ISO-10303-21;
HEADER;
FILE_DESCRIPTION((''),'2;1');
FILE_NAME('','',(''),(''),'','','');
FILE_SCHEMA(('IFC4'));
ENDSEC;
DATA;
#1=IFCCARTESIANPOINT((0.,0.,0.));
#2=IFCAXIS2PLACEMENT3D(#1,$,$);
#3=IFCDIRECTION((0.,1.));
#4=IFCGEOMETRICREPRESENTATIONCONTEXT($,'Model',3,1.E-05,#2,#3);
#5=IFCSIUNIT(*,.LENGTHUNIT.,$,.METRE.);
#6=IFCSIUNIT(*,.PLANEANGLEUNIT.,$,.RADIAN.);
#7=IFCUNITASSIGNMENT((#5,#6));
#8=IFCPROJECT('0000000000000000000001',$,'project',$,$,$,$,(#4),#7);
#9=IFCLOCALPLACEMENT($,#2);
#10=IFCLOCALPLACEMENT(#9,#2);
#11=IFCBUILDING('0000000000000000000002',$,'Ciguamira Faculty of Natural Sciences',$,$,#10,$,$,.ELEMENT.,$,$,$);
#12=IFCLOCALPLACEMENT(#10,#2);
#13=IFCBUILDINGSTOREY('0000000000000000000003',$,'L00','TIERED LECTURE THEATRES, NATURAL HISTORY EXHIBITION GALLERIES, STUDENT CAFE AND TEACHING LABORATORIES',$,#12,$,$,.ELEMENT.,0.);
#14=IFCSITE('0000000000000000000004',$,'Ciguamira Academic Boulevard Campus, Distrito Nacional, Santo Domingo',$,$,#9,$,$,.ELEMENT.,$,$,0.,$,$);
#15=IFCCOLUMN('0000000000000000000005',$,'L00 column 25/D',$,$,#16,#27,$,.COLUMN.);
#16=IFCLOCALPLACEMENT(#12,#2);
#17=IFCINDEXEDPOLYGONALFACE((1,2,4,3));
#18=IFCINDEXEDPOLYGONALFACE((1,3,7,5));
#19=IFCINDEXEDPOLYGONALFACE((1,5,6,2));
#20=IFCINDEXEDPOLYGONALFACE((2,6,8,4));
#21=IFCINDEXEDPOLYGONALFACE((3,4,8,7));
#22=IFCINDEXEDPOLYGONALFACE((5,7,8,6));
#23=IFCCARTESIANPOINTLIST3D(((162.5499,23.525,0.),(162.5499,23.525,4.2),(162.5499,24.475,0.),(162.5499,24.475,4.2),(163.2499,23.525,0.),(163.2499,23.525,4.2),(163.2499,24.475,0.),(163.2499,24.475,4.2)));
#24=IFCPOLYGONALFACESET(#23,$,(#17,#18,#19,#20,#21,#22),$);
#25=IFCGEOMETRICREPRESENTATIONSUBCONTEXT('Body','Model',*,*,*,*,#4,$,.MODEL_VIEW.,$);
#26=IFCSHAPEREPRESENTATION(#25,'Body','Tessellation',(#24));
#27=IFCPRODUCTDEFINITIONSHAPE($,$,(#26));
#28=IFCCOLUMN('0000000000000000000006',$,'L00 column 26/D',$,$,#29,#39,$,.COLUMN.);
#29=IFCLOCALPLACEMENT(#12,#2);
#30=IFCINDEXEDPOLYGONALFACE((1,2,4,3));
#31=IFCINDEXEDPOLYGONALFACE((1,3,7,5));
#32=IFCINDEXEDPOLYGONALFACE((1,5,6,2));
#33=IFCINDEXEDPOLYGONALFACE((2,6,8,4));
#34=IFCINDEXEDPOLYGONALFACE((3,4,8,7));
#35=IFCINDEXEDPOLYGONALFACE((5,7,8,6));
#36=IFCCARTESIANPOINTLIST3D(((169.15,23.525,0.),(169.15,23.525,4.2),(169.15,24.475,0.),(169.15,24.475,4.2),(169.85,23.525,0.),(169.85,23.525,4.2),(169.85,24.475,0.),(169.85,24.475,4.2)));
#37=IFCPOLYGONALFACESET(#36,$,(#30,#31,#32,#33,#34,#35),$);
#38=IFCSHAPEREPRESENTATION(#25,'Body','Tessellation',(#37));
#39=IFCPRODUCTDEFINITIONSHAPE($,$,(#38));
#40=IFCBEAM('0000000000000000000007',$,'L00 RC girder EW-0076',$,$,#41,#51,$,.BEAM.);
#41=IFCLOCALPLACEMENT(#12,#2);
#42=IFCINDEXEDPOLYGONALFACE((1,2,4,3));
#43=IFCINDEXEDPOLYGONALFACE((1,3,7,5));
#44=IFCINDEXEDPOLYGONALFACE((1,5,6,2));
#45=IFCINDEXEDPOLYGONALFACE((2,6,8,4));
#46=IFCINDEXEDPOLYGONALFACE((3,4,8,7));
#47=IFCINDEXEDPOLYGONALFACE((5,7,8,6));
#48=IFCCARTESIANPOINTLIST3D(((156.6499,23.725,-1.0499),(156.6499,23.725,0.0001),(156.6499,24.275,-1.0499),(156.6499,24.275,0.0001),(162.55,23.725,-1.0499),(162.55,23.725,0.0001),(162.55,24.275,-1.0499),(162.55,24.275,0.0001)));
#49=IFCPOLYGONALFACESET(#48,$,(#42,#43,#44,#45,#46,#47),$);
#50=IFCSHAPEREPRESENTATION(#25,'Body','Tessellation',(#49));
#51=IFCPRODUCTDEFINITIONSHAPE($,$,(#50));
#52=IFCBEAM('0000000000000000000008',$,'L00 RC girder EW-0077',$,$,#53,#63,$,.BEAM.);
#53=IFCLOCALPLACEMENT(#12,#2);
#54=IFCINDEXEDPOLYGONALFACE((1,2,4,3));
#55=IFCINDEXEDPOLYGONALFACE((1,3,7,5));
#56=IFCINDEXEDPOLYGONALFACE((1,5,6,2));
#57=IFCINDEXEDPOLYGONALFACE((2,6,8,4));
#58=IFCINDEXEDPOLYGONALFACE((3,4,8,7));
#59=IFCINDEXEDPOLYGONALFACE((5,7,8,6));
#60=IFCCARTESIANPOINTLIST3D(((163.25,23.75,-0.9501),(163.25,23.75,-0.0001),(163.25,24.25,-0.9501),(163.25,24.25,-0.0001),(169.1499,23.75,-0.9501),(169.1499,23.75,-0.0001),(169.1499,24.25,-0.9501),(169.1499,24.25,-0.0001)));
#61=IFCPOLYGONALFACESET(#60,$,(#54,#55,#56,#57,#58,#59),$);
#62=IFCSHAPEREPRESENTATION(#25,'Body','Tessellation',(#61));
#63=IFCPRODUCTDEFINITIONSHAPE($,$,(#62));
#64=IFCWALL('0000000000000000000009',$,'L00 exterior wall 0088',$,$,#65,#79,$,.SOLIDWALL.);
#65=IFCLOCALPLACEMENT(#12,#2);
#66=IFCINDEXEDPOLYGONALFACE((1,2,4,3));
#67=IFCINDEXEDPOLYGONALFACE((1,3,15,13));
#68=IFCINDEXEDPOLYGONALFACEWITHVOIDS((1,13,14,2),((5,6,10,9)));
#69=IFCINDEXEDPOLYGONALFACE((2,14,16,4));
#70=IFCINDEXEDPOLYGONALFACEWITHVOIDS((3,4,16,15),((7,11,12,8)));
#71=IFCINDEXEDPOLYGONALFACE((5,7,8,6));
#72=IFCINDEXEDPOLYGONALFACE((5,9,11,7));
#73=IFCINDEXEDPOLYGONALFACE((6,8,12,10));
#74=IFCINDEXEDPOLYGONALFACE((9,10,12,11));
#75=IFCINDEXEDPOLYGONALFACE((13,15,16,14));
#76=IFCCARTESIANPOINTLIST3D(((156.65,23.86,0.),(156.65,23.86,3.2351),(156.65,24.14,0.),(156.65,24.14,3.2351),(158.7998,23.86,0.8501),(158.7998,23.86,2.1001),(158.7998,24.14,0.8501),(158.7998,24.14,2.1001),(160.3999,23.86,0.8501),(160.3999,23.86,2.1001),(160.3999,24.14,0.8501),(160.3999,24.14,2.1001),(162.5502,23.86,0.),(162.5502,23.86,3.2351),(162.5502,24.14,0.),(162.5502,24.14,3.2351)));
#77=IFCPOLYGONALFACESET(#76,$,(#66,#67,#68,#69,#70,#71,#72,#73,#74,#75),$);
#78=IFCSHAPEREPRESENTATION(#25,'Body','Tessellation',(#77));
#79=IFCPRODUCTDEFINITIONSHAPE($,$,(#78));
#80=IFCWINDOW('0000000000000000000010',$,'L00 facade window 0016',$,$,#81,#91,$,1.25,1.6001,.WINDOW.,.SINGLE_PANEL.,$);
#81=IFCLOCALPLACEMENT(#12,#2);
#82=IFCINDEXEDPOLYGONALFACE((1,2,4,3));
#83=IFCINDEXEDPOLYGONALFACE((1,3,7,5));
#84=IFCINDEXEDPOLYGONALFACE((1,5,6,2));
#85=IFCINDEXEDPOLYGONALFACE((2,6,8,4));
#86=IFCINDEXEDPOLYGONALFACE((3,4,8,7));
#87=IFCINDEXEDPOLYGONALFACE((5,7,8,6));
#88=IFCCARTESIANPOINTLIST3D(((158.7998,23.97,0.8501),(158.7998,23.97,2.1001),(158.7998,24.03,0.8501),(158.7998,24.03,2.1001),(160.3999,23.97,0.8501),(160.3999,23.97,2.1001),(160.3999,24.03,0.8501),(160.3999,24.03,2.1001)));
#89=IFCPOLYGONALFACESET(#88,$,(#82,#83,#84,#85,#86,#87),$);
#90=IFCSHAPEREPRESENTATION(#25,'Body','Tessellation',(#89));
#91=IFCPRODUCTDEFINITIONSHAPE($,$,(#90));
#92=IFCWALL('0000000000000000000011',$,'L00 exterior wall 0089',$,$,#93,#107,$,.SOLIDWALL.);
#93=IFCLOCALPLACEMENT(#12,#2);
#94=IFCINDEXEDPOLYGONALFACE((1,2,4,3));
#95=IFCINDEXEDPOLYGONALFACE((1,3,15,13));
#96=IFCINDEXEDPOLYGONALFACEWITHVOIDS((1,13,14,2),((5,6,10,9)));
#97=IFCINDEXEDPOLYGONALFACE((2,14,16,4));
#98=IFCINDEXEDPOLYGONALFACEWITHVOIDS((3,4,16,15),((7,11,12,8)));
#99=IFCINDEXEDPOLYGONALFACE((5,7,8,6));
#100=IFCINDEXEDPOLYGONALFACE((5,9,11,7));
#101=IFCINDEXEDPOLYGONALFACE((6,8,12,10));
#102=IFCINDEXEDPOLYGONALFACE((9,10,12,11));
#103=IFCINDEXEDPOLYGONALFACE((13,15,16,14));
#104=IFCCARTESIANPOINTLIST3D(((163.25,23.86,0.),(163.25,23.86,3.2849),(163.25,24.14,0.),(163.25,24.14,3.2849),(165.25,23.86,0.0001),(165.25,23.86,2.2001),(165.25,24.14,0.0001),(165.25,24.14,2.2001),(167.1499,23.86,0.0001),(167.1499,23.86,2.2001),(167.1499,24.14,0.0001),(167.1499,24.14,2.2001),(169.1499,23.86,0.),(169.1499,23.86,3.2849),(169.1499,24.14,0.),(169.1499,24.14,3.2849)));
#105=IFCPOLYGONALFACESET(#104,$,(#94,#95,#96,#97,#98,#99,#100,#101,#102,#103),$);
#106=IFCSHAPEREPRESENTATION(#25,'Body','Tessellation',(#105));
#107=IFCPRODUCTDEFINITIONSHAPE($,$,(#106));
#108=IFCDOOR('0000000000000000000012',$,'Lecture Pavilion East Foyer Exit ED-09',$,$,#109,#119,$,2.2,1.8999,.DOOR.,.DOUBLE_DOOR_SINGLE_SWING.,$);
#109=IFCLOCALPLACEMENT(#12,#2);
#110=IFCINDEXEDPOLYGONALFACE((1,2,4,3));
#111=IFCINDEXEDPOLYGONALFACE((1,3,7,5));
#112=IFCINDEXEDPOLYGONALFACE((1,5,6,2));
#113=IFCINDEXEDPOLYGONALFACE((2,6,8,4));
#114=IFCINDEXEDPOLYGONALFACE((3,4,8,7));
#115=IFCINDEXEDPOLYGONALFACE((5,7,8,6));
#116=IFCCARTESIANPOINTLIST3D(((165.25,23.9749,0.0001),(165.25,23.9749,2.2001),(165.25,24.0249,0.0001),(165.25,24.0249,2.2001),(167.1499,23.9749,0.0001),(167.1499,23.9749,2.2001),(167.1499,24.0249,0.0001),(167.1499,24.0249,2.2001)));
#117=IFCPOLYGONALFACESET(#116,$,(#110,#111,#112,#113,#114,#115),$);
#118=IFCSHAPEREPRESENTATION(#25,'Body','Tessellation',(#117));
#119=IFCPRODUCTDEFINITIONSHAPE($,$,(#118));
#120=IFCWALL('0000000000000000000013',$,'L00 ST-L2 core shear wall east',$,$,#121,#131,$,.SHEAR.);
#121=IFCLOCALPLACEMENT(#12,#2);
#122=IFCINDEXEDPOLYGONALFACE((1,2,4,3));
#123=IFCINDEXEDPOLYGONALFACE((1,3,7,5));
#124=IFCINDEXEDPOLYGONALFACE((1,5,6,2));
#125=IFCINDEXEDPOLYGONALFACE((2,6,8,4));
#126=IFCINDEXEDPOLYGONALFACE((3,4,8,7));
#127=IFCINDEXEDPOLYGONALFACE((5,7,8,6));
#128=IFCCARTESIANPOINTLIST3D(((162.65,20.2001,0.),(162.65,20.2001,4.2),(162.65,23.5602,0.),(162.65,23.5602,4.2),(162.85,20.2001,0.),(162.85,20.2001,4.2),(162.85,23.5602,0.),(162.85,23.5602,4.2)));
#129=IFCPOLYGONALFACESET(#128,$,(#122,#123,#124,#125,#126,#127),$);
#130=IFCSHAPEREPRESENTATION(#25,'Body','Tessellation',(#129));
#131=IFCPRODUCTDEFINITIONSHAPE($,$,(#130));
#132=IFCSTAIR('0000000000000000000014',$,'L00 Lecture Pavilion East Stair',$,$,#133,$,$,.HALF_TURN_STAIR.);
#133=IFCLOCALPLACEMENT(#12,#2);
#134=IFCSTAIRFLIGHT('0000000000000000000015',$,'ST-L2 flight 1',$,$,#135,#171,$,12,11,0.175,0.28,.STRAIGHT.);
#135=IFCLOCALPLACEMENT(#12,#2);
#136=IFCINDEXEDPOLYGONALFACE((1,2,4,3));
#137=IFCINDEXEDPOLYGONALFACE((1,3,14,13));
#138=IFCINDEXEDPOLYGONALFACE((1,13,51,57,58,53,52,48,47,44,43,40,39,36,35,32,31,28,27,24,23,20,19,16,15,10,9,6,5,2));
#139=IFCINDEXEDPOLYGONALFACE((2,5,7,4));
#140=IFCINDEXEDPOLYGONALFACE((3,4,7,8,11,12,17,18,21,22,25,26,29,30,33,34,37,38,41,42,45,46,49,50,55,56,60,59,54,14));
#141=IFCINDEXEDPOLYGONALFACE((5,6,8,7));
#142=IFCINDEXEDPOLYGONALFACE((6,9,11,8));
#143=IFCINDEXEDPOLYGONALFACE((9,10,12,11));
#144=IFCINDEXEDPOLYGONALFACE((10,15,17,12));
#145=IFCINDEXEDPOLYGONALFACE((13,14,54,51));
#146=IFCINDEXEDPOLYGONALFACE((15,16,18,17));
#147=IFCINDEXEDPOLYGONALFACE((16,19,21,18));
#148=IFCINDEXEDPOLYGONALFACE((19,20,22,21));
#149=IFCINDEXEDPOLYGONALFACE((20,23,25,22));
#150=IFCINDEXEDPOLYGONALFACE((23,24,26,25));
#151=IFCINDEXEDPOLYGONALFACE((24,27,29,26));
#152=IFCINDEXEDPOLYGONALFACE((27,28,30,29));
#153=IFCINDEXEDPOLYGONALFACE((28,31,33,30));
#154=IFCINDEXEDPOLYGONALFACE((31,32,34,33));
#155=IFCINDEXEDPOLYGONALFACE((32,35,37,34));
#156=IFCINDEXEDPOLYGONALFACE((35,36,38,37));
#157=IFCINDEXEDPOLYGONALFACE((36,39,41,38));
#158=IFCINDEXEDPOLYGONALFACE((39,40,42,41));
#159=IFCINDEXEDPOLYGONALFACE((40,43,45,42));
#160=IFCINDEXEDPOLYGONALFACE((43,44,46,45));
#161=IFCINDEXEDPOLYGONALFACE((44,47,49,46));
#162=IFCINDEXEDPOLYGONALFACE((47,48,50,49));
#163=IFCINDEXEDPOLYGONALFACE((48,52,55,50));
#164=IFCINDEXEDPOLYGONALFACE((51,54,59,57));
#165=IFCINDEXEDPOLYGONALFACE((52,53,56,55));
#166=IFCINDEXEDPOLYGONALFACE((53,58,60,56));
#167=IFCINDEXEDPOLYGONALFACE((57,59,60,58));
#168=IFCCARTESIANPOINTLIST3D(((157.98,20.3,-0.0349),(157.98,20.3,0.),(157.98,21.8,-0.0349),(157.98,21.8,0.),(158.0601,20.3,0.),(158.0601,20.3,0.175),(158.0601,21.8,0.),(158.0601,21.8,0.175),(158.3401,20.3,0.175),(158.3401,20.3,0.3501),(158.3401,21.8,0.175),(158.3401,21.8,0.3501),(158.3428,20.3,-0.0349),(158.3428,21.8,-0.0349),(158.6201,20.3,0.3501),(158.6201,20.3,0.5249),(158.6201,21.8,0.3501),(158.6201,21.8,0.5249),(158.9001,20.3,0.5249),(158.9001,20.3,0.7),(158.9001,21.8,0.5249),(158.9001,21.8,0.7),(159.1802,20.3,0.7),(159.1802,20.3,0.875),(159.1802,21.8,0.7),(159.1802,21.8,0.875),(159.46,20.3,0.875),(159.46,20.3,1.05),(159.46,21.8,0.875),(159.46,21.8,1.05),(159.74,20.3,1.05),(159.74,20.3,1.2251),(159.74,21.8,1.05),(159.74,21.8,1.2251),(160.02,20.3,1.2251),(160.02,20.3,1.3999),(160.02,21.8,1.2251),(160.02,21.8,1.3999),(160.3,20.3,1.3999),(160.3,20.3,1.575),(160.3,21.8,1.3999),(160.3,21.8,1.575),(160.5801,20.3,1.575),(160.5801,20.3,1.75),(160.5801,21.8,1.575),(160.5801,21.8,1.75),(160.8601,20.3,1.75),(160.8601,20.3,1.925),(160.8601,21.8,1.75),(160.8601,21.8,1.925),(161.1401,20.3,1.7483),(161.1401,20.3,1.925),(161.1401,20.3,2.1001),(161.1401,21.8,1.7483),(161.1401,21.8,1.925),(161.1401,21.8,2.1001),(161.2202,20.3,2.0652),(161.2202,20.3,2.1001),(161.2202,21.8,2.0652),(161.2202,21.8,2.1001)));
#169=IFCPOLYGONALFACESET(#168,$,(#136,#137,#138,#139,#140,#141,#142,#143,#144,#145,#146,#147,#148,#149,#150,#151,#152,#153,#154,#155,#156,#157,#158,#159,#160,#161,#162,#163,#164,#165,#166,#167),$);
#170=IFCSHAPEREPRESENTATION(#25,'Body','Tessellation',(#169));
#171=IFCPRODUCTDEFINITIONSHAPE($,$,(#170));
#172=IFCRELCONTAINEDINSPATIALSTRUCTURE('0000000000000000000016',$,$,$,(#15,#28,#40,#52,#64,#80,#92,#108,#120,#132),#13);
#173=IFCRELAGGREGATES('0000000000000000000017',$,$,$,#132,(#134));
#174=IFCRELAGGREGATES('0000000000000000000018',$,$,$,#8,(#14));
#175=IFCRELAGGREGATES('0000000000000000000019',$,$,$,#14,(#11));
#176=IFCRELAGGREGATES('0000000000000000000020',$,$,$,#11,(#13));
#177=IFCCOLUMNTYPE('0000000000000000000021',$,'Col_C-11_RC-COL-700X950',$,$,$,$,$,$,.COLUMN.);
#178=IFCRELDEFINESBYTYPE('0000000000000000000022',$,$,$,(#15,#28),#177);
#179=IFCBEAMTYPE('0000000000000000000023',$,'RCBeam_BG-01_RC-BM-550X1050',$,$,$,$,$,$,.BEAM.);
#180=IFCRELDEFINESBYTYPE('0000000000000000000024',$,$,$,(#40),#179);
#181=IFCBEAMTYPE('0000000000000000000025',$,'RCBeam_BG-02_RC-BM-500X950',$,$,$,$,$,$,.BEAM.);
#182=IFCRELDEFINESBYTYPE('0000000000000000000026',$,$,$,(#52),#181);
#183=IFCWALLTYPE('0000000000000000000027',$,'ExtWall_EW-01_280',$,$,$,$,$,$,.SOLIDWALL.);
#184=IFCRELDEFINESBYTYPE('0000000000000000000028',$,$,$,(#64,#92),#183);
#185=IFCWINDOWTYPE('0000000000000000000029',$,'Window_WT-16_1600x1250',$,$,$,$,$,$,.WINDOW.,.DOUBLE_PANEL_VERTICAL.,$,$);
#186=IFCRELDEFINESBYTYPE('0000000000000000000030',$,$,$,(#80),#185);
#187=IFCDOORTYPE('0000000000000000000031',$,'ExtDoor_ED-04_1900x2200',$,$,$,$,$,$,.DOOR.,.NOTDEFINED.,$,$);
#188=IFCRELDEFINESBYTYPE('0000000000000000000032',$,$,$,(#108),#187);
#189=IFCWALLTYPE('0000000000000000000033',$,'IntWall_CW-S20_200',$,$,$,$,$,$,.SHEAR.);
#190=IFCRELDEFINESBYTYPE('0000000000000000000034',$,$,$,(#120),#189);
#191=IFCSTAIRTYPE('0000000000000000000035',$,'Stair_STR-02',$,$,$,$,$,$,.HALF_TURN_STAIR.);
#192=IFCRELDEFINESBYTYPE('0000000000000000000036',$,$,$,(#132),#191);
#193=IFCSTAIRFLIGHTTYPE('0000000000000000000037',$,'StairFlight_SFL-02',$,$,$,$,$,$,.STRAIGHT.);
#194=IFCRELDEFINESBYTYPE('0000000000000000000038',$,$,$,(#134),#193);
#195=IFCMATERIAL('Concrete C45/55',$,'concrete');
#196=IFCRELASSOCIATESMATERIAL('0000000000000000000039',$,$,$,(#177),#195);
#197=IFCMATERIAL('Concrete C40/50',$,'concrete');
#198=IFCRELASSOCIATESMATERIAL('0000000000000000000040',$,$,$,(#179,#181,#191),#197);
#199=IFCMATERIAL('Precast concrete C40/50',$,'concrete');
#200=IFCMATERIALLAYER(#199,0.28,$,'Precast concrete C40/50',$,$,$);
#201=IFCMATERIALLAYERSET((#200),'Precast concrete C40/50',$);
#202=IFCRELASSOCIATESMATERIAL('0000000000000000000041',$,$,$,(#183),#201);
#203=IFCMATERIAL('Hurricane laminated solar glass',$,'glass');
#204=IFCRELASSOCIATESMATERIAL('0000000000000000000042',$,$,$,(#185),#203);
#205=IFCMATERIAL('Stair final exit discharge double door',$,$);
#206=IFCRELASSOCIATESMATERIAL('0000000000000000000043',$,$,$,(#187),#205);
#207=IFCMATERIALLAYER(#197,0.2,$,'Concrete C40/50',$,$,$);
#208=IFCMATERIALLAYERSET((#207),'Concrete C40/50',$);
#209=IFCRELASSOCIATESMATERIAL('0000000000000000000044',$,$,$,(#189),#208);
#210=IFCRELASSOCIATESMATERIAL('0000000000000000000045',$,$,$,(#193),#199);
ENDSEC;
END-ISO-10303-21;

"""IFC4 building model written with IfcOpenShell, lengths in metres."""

from ifc_helpers import new_model, si_unit, direction, frame, frame_2d, origin, origin_2d, place, context, subcontext, project, spatial, polyline, rectangle, outline, extrude, material, layer, layer_set, material_profile, profile_set, type_object, element, fill, aggregate, save


model = new_model("IFC4")

# Units and contexts
model_context = context("Model", 3, precision=1e-05, world=origin(), true_north=direction((0.0, 1.0)))
body_context = subcontext(model_context, "Body", "Model", "MODEL_VIEW")
ifc_project = project(units=[si_unit("LENGTHUNIT", "METRE"), si_unit("PLANEANGLEUNIT", "RADIAN")], contexts=[model_context])

# Site, building, storey
site_placement = place(None, origin())
site = spatial("IfcSite", under=ifc_project, at=site_placement, Name="Ciguamira Academic Boulevard Campus, Distrito Nacional, Santo Domingo", CompositionType="ELEMENT", RefElevation=0.0)
building_placement = place(site_placement, origin())
building = spatial("IfcBuilding", under=site, at=building_placement, Name="Ciguamira Faculty of Natural Sciences", CompositionType="ELEMENT")
storey_placement = place(building_placement, origin())
storey = spatial("IfcBuildingStorey", under=building, at=storey_placement, Name="L00", Description="TIERED LECTURE THEATRES, NATURAL HISTORY EXHIBITION GALLERIES, STUDENT CAFE AND TEACHING LABORATORIES", CompositionType="ELEMENT", Elevation=0.0)

# Columns
ifc_material_1 = material(Name="Concrete C45/55", Category="concrete")
ifc_material_profile_1 = material_profile(ifc_material_1, rectangle(XDim=0.7, YDim=0.95, at=origin_2d()), Name="RC-COL-700X950")
ifc_profile_set_1 = profile_set([ifc_material_profile_1], Name="Concrete C45/55")
column_type = type_object("IfcColumnType", Name="Col_C-11_RC-COL-700X950", PredefinedType="COLUMN", material=ifc_profile_set_1)
for number, where, z_axis, x_axis, name in (
    (1, (162.8999, 24.0, 0.0), (0.0, 0.0, 1.0), (1.0, 0.0, 0.0), "L00 column 25/D"),
    (2, (169.5, 24.0, 0.0), (0.0, 0.0, 1.0), (1.0, 0.0, 0.0), "L00 column 26/D"),
):
    element("IfcColumn", number, at=place(storey_placement, frame(where, z_axis=z_axis, x_axis=x_axis)), inside=storey, type_object=column_type, Name=name, PredefinedType="COLUMN", context=body_context, shape_type="SweptSolid", body=[
        extrude(rectangle(XDim=0.7, YDim=0.95, at=origin_2d()), origin(), (0.0, 0.0, 1.0), 4.2),
    ])

# Beams
ifc_material_2 = material(Name="Concrete C40/50", Category="concrete")
ifc_material_profile_2 = material_profile(ifc_material_2, rectangle(XDim=0.55, YDim=1.05, at=origin_2d()), Name="RC-BM-550X1050")
ifc_profile_set_2 = profile_set([ifc_material_profile_2], Name="Concrete C40/50")
beam_type_1 = type_object("IfcBeamType", Name="RCBeam_BG-01_RC-BM-550X1050", PredefinedType="BEAM", material=ifc_profile_set_2)
beam_1_placement = place(storey_placement, frame((156.6499, 24.0, -0.5249), z_axis=(1.0, 0.0, 0.0), x_axis=(0.0, 1.0, 0.0)))
element("IfcBeam", 3, at=beam_1_placement, inside=storey, type_object=beam_type_1, Name="L00 RC girder EW-0076", PredefinedType="BEAM", context=body_context, shape_type="SweptSolid", body=[
    extrude(rectangle(XDim=0.55, YDim=1.05, at=origin_2d()), origin(), (0.0, 0.0, 1.0), 5.9001),
])
ifc_material_profile_3 = material_profile(ifc_material_2, rectangle(XDim=0.5, YDim=0.95, at=origin_2d()), Name="RC-BM-500X950")
ifc_profile_set_3 = profile_set([ifc_material_profile_3], Name="Concrete C40/50")
beam_type_2 = type_object("IfcBeamType", Name="RCBeam_BG-02_RC-BM-500X950", PredefinedType="BEAM", material=ifc_profile_set_3)
beam_2_placement = place(storey_placement, frame((163.25, 24.0, -0.4751), z_axis=(1.0, 0.0, 0.0), x_axis=(0.0, 1.0, 0.0)))
element("IfcBeam", 4, at=beam_2_placement, inside=storey, type_object=beam_type_2, Name="L00 RC girder EW-0077", PredefinedType="BEAM", context=body_context, shape_type="SweptSolid", body=[
    extrude(rectangle(XDim=0.5, YDim=0.95, at=origin_2d()), origin(), (0.0, 0.0, 1.0), 5.8999),
])

# Wall, opening, window
ifc_material_3 = material(Name="Precast concrete C40/50", Category="concrete")
ifc_layer_1 = layer(ifc_material_3, 0.28, Name="Precast concrete C40/50")
ifc_layer_set_1 = layer_set([ifc_layer_1], Name="Precast concrete C40/50")
wall_type_1 = type_object("IfcWallType", Name="ExtWall_EW-01_280", PredefinedType="SOLIDWALL", material=ifc_layer_set_1)
wall_1_placement = place(storey_placement, frame((156.6499, 24.0, 0.0), z_axis=(0.0, 0.0, 1.0), x_axis=(1.0, 0.0, 0.0)))
wall_1 = element("IfcWall", 5, at=wall_1_placement, inside=storey, type_object=wall_type_1, Name="L00 exterior wall 0088", PredefinedType="SOLIDWALL", context=body_context, shape_type="SweptSolid", body=[
    extrude(rectangle(XDim=5.9001, YDim=0.28, at=frame_2d((2.9502, 0.0))), origin(), (0.0, 0.0, 1.0), 3.2351),
])
opening_1_placement = place(wall_1_placement, frame((2.1499, 0.0, 0.8501)))
opening_1 = element("IfcOpeningElement", 6, at=opening_1_placement, cuts=wall_1, PredefinedType="OPENING", context=body_context, shape_type="SweptSolid", body=[
    extrude(rectangle(XDim=1.6001, YDim=1.25, at=frame_2d((0.8, 0.625))), frame((0.0, 0.1499, 0.0), z_axis=(0.0, -1.0, 0.0), x_axis=(1.0, 0.0, 0.0)), (0.0, 0.0, 1.0), 0.3),
])
ifc_material_4 = material(Name="Hurricane laminated solar glass", Category="glass")
window_type = type_object("IfcWindowType", Name="Window_WT-16_1600x1250", PartitioningType="DOUBLE_PANEL_VERTICAL", PredefinedType="WINDOW", material=ifc_material_4)
window_placement = place(opening_1_placement, origin())
window = element("IfcWindow", 7, at=window_placement, inside=storey, type_object=window_type, Name="L00 facade window 0016", OverallHeight=1.25, OverallWidth=1.6001, PartitioningType="SINGLE_PANEL", PredefinedType="WINDOW", context=body_context, shape_type="SweptSolid", body=[
    extrude(rectangle(XDim=1.6001, YDim=1.25, at=frame_2d((0.8, 0.625))), frame((0.0, 0.03, 0.0), z_axis=(0.0, -1.0, 0.0), x_axis=(1.0, 0.0, 0.0)), (0.0, 0.0, 1.0), 0.0601),
])
fill(opening_1, window)

# Wall, opening, door
wall_2_placement = place(storey_placement, frame((163.25, 24.0, 0.0), z_axis=(0.0, 0.0, 1.0), x_axis=(1.0, 0.0, 0.0)))
wall_2 = element("IfcWall", 8, at=wall_2_placement, inside=storey, type_object=wall_type_1, Name="L00 exterior wall 0089", PredefinedType="SOLIDWALL", context=body_context, shape_type="SweptSolid", body=[
    extrude(rectangle(XDim=5.8999, YDim=0.28, at=frame_2d((2.95, 0.0))), origin(), (0.0, 0.0, 1.0), 3.2849),
])
opening_2_placement = place(wall_2_placement, frame((2.0, 0.0, 0.0)))
opening_2 = element("IfcOpeningElement", 9, at=opening_2_placement, cuts=wall_2, PredefinedType="OPENING", context=body_context, shape_type="SweptSolid", body=[
    extrude(rectangle(XDim=1.8999, YDim=2.2, at=frame_2d((0.95, 1.1001))), frame((0.0, 0.1499, 0.0), z_axis=(0.0, -1.0, 0.0), x_axis=(1.0, 0.0, 0.0)), (0.0, 0.0, 1.0), 0.3),
])
ifc_material_5 = material(Name="Stair final exit discharge double door")
door_type = type_object("IfcDoorType", Name="ExtDoor_ED-04_1900x2200", OperationType="NOTDEFINED", PredefinedType="DOOR", material=ifc_material_5)
door_placement = place(opening_2_placement, origin())
door = element("IfcDoor", 10, at=door_placement, inside=storey, type_object=door_type, Name="Lecture Pavilion East Foyer Exit ED-09", OperationType="DOUBLE_DOOR_SINGLE_SWING", OverallHeight=2.2, OverallWidth=1.8999, PredefinedType="DOOR", context=body_context, shape_type="SweptSolid", body=[
    extrude(rectangle(XDim=1.8999, YDim=2.2, at=frame_2d((0.95, 1.1001))), frame((0.0, 0.0249, 0.0), z_axis=(0.0, -1.0, 0.0), x_axis=(1.0, 0.0, 0.0)), (0.0, 0.0, 1.0), 0.05),
])
fill(opening_2, door)

# Wall
ifc_layer_2 = layer(ifc_material_2, 0.2, Name="Concrete C40/50")
ifc_layer_set_2 = layer_set([ifc_layer_2], Name="Concrete C40/50")
wall_type_2 = type_object("IfcWallType", Name="IntWall_CW-S20_200", PredefinedType="SHEAR", material=ifc_layer_set_2)
wall_3_placement = place(storey_placement, frame((162.75, 20.2, 0.0), z_axis=(0.0, 0.0, 1.0), x_axis=(0.0, 1.0, 0.0)))
element("IfcWall", 11, at=wall_3_placement, inside=storey, type_object=wall_type_2, Name="L00 ST-L2 core shear wall east", PredefinedType="SHEAR", context=body_context, shape_type="SweptSolid", body=[
    extrude(rectangle(XDim=3.3601, YDim=0.2, at=frame_2d((1.6802, 0.0))), origin(), (0.0, 0.0, 1.0), 4.2),
])

# Stair, stair flight
stair_type = type_object("IfcStairType", Name="Stair_STR-02", PredefinedType="HALF_TURN_STAIR", material=ifc_material_2)
stair_placement = place(storey_placement, origin())
stair = element("IfcStair", 12, at=stair_placement, inside=storey, type_object=stair_type, Name="L00 Lecture Pavilion East Stair", PredefinedType="HALF_TURN_STAIR")
stair_flight_type = type_object("IfcStairFlightType", Name="StairFlight_SFL-02", PredefinedType="STRAIGHT", material=ifc_material_3)
stair_flight_1_placement = place(storey_placement, frame((158.0601, 21.05, 0.0), z_axis=(0.0, 0.0, 1.0), x_axis=(1.0, 0.0, 0.0)))
stair_flight_1 = element("IfcStairFlight", 13, at=stair_flight_1_placement, type_object=stair_flight_type, Name="ST-L2 flight 1", NumberOfRisers=12, NumberOfTreads=11, PredefinedType="STRAIGHT", RiserHeight=0.175, TreadLength=0.28, context=body_context, shape_type="SweptSolid", body=[
    extrude(outline(polyline([(-0.0801, -0.0349), (-0.0801, 0.0), (0.0, 0.0), (0.0, 0.175), (0.28, 0.175), (0.28, 0.3501), (0.5601, 0.3501), (0.5601, 0.5249), (0.8401, 0.5249), (0.8401, 0.7), (1.1201, 0.7), (1.1201, 0.875), (1.3999, 0.875), (1.3999, 1.05), (1.6799, 1.05), (1.6799, 1.2251), (1.96, 1.2251), (1.96, 1.3999), (2.24, 1.3999), (2.24, 1.575), (2.52, 1.575), (2.52, 1.75), (2.8, 1.75), (2.8, 1.925), (3.0801, 1.925), (3.0801, 2.1001), (3.1602, 2.1001), (3.1602, 2.0652), (3.0801, 1.7483), (0.2827, -0.0349), (-0.0801, -0.0349)])), frame((0.0, 0.75, 0.0), z_axis=(0.0, -1.0, 0.0), x_axis=(1.0, 0.0, 0.0)), (0.0, 0.0, 1.0), 1.5),
])
aggregate(stair, [stair_flight_1])

save(model, "model.ifc")
